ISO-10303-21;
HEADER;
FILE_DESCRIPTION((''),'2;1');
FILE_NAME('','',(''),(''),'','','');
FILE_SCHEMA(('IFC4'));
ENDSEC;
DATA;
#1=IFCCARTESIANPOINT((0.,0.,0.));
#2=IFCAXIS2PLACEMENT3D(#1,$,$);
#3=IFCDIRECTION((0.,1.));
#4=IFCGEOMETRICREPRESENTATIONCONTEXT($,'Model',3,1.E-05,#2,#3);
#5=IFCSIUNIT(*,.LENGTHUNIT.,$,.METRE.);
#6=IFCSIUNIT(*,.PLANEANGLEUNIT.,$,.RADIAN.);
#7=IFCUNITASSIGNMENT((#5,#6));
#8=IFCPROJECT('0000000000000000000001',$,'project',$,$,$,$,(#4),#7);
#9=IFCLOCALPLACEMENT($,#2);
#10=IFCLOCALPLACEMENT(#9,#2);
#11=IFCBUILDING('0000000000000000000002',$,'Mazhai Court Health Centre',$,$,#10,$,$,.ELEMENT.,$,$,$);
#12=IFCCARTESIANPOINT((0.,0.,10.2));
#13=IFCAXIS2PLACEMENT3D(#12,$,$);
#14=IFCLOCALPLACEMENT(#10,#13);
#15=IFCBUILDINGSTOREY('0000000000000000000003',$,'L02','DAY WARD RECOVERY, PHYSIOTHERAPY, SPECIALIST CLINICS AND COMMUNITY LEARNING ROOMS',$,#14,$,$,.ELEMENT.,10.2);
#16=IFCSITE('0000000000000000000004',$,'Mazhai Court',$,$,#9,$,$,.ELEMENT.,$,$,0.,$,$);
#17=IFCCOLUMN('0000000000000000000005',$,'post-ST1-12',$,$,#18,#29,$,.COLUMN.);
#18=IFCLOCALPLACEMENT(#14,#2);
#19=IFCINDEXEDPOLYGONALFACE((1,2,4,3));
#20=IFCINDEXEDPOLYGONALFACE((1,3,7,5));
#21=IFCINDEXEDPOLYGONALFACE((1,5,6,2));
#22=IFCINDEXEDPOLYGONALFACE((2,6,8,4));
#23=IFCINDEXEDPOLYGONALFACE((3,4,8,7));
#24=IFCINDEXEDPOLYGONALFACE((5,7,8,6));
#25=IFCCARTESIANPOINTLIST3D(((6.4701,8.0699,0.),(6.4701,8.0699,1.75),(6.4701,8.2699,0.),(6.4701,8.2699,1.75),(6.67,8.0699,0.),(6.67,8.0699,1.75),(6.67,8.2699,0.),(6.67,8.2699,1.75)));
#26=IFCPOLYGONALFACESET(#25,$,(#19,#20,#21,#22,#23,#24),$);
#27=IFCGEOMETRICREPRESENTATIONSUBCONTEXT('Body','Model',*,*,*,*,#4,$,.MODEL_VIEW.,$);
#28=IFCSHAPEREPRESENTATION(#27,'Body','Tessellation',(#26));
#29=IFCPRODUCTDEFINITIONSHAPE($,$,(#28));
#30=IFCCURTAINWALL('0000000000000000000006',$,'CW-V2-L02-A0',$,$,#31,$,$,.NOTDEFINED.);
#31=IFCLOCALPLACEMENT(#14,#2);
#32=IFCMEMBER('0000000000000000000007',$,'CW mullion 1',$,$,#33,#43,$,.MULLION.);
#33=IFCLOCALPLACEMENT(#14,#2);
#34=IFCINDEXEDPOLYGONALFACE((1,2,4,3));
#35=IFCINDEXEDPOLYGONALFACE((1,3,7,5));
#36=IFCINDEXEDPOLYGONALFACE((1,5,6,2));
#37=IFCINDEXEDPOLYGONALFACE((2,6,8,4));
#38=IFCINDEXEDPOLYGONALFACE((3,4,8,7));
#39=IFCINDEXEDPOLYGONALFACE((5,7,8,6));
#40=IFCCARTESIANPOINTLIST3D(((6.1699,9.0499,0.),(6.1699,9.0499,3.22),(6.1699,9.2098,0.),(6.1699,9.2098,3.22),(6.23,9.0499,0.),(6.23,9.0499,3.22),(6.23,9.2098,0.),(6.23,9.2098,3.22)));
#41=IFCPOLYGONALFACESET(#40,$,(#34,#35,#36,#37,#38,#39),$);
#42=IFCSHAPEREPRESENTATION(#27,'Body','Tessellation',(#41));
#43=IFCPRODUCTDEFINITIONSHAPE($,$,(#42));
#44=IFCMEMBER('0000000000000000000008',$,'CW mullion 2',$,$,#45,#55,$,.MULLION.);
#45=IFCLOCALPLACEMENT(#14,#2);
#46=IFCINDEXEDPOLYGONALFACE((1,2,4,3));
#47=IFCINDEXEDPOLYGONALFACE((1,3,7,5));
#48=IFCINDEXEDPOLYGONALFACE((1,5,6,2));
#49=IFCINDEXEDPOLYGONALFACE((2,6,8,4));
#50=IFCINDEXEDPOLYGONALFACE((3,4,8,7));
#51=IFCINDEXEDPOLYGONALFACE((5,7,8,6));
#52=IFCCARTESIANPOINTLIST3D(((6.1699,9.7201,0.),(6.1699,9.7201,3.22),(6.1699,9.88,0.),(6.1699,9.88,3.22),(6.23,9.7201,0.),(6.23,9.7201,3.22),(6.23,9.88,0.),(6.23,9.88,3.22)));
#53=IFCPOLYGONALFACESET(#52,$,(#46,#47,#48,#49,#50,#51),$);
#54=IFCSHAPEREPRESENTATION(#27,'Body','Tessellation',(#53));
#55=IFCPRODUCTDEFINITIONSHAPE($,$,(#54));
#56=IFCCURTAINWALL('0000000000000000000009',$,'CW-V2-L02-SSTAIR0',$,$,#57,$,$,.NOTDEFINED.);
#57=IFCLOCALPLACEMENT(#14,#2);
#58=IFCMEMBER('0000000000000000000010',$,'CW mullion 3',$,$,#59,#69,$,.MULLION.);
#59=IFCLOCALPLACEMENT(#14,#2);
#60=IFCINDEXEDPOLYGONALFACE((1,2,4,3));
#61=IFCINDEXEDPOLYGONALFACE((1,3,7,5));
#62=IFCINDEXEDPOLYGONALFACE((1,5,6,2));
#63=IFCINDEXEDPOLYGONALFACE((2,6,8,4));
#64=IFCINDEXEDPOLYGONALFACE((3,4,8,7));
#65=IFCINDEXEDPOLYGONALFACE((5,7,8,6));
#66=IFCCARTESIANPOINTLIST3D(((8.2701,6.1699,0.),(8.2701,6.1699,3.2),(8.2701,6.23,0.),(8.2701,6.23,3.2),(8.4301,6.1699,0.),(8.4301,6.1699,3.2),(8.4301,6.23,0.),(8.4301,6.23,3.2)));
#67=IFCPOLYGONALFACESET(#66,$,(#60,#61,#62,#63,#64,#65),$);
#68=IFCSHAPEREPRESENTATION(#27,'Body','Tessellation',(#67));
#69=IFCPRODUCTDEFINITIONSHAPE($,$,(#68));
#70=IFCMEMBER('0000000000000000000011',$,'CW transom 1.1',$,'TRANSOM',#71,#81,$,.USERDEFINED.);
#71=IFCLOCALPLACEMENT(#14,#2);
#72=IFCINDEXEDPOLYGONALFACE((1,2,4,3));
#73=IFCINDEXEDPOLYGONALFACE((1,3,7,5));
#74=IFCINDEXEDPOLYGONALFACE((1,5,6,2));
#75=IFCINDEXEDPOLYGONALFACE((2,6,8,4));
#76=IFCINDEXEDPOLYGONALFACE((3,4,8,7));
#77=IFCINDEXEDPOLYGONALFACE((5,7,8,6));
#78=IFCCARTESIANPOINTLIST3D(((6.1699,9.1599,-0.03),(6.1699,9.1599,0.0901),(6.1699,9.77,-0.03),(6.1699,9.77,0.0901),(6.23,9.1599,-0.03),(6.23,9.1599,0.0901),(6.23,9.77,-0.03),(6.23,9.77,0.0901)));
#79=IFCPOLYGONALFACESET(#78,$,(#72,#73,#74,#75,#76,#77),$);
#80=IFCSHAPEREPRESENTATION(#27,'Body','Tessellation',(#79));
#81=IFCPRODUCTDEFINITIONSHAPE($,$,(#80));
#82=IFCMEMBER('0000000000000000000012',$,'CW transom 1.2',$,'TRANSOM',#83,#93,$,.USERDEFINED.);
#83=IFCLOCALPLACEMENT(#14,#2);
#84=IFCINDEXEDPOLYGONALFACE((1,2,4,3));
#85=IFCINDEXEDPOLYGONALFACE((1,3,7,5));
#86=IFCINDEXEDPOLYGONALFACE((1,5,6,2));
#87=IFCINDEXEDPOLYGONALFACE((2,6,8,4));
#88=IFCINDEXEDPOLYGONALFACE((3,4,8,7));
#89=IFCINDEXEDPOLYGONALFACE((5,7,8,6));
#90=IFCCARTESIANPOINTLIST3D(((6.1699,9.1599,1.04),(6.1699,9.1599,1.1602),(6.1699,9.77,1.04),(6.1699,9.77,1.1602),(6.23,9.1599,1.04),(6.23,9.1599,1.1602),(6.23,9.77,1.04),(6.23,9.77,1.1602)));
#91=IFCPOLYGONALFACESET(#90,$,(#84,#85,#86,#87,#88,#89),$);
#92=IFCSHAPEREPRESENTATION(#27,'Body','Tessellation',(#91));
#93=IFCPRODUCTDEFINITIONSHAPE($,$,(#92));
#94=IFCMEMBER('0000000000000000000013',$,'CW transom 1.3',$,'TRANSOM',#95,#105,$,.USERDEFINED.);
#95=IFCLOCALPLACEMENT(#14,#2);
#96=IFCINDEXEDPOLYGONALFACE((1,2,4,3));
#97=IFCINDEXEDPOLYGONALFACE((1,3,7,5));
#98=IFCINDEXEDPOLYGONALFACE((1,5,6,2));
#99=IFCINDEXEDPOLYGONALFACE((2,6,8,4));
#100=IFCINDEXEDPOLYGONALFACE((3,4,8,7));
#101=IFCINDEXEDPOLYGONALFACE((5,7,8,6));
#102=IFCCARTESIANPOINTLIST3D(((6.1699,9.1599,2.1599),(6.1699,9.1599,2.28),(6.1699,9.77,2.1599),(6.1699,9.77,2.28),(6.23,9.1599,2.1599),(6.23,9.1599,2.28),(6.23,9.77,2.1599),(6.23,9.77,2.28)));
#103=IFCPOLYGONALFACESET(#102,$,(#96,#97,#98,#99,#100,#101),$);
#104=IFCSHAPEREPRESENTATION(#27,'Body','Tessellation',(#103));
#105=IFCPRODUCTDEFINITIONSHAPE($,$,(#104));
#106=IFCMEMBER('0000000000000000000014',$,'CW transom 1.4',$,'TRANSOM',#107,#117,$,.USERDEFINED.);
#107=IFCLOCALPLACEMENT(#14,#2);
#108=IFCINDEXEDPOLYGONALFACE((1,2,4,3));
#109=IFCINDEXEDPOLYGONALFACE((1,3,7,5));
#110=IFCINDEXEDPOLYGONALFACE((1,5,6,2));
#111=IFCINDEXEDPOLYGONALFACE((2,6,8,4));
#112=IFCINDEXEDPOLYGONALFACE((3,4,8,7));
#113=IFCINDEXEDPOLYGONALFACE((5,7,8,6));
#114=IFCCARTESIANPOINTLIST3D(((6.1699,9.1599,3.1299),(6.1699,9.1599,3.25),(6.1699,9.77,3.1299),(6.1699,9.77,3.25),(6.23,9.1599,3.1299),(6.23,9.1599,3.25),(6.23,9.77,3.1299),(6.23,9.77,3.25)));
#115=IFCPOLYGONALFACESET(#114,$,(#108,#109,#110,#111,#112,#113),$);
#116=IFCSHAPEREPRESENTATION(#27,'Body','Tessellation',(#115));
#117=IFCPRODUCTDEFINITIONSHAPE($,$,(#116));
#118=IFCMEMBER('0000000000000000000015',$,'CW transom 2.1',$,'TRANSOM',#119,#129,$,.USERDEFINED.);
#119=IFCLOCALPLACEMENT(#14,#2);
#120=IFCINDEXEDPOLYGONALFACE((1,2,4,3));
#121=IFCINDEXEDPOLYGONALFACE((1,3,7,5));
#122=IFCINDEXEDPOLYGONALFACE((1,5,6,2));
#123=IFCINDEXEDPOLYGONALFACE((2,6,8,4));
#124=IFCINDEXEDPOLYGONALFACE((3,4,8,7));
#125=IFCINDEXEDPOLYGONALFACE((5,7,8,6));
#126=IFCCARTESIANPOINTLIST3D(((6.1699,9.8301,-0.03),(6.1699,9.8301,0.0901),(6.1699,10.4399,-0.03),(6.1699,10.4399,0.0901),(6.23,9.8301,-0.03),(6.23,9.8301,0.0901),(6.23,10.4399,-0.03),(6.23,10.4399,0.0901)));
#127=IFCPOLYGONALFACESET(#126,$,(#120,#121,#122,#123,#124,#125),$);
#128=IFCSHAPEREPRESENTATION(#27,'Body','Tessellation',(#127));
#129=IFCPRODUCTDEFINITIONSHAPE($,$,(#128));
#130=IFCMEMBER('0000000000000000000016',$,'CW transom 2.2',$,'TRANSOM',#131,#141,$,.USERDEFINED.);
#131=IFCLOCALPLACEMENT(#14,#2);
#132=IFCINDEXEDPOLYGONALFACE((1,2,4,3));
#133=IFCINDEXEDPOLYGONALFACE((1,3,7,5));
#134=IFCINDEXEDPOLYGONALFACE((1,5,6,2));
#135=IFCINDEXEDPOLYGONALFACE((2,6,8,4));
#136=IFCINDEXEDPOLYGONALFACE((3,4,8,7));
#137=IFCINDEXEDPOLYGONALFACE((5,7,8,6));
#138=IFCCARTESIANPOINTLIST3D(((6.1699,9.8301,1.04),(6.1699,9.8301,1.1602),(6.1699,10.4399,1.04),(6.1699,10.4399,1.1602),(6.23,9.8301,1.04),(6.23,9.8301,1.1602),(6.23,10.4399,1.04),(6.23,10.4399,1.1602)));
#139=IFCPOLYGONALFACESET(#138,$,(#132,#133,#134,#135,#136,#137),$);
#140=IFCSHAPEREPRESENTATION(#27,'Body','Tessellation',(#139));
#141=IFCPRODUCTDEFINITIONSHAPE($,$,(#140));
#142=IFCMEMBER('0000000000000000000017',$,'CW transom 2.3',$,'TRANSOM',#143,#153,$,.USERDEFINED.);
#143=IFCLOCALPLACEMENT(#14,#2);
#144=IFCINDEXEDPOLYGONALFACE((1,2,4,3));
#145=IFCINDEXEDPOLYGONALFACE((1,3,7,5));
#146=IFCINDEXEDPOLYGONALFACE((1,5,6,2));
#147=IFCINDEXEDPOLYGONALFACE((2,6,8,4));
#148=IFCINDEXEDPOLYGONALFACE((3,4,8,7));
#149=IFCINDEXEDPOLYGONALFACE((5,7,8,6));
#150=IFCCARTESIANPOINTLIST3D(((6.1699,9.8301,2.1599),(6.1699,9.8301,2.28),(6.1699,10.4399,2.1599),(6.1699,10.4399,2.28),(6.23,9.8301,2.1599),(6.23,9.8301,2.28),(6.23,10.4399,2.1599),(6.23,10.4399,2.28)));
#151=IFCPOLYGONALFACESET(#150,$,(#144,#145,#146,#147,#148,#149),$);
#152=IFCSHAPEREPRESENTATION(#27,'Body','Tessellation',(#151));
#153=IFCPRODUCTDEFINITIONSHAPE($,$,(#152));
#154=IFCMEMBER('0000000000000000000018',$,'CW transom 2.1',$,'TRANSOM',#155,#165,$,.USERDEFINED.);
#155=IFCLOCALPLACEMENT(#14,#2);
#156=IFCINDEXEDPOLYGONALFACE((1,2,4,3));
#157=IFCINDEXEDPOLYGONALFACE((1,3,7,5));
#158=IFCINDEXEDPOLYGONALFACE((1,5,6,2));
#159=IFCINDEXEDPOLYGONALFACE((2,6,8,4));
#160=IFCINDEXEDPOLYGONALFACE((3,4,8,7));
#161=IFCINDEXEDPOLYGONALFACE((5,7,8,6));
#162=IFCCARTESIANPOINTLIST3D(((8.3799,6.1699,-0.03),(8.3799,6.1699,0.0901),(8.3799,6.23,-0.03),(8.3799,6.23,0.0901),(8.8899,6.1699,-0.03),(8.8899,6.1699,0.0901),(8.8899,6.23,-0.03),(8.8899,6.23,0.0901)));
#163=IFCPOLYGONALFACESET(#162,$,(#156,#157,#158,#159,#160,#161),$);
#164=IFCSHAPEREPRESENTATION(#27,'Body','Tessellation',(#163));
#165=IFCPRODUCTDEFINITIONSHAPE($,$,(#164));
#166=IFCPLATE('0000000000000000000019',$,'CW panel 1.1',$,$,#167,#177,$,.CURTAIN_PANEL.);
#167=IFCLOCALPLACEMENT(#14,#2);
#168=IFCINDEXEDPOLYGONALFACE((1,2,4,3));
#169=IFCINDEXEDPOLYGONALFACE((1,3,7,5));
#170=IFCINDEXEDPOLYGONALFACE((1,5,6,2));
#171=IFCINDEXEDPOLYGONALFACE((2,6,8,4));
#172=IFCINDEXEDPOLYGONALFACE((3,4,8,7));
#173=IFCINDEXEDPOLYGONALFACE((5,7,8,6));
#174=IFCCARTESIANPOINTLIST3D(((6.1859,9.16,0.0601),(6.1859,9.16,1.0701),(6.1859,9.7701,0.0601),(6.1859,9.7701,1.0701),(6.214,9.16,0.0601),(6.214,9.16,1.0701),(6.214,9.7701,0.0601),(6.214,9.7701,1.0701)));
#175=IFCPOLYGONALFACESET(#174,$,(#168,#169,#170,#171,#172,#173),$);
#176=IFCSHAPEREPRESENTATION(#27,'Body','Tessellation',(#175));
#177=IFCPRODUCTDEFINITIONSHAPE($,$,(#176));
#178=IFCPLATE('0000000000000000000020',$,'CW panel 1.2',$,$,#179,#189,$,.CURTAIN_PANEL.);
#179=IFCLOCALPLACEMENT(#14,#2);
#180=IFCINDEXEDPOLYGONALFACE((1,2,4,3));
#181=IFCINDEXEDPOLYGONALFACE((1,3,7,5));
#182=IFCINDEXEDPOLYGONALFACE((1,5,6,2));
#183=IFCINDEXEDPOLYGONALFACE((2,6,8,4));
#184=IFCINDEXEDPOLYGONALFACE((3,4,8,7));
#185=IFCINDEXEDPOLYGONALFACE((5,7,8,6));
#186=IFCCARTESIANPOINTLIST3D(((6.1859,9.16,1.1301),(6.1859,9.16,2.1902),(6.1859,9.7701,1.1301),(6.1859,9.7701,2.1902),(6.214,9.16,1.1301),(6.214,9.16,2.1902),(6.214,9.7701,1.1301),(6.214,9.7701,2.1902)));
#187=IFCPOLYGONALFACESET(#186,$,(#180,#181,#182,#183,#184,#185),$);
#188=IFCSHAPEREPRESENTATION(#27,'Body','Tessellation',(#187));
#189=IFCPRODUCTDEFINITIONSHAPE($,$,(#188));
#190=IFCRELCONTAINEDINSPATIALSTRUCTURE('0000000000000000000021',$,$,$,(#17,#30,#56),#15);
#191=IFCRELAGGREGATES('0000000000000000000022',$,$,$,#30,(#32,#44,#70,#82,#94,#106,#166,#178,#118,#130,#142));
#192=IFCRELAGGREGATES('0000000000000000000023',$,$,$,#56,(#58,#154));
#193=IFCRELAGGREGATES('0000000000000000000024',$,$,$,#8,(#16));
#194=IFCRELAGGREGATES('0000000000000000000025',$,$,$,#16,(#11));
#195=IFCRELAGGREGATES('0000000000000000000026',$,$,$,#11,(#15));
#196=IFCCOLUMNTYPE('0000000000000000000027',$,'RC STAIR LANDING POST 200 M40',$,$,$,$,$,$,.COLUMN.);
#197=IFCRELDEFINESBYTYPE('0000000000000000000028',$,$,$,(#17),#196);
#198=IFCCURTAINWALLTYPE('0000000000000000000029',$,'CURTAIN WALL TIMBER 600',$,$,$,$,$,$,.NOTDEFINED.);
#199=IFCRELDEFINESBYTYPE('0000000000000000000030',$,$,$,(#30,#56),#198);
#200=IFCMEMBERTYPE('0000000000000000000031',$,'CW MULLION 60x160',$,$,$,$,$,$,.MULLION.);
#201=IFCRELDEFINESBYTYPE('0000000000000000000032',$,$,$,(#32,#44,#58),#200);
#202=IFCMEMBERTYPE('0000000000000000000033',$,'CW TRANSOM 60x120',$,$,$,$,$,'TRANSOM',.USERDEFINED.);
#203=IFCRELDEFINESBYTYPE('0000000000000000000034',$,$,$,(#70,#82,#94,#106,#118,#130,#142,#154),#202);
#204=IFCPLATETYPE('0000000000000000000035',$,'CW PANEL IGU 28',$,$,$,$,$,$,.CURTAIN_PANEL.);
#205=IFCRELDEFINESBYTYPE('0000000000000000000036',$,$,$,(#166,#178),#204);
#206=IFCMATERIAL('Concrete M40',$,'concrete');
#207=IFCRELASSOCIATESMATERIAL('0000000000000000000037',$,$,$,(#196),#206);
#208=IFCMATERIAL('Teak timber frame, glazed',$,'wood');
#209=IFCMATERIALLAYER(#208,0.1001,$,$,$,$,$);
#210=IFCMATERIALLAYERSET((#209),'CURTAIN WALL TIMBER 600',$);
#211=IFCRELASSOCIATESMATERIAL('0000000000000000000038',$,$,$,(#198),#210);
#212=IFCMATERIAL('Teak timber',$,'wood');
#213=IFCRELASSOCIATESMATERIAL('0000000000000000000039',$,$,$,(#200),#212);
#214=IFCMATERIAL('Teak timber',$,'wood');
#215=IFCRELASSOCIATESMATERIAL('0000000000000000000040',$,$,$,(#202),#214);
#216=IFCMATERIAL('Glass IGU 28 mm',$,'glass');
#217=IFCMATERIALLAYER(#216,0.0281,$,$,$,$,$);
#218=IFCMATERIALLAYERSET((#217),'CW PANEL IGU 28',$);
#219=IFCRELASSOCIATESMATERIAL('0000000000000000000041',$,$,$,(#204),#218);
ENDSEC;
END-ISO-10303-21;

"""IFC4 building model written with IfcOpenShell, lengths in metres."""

from ifc_helpers import new_model, si_unit, direction, frame, origin, origin_2d, place, context, subcontext, project, spatial, rectangle, extrude, material, layer, layer_set, material_profile, profile_set, type_object, element, aggregate, save


model = new_model("IFC4")

# Units and contexts
model_context = context("Model", 3, precision=1e-05, world=origin(), true_north=direction((0.0, 1.0)))
body_context = subcontext(model_context, "Body", "Model", "MODEL_VIEW")
ifc_project = project(units=[si_unit("LENGTHUNIT", "METRE"), si_unit("PLANEANGLEUNIT", "RADIAN")], contexts=[model_context])

# Site, building, storey
site_placement = place(None, origin())
site = spatial("IfcSite", under=ifc_project, at=site_placement, Name="Mazhai Court", CompositionType="ELEMENT", RefElevation=0.0)
building_placement = place(site_placement, origin())
building = spatial("IfcBuilding", under=site, at=building_placement, Name="Mazhai Court Health Centre", CompositionType="ELEMENT")
storey_placement = place(building_placement, frame((0.0, 0.0, 10.2)))
storey = spatial("IfcBuildingStorey", under=building, at=storey_placement, Name="L02", Description="DAY WARD RECOVERY, PHYSIOTHERAPY, SPECIALIST CLINICS AND COMMUNITY LEARNING ROOMS", CompositionType="ELEMENT", Elevation=10.2)

# Column
ifc_material_1 = material(Name="Concrete M40", Category="concrete")
ifc_material_profile_1 = material_profile(ifc_material_1, rectangle(XDim=0.2, YDim=0.2, at=origin_2d()), Name="RC 200x200")
ifc_profile_set_1 = profile_set([ifc_material_profile_1], Name="Concrete M40")
column_type = type_object("IfcColumnType", Name="RC STAIR LANDING POST 200 M40", PredefinedType="COLUMN", material=ifc_profile_set_1)
column_placement = place(storey_placement, frame((6.5701, 8.1699, 0.0), z_axis=(0.0, 0.0, 1.0), x_axis=(1.0, 0.0, 0.0)))
element("IfcColumn", 1, at=column_placement, inside=storey, type_object=column_type, Name="post-ST1-12", PredefinedType="COLUMN", context=body_context, shape_type="SweptSolid", body=[
    extrude(rectangle(XDim=0.2, YDim=0.2, at=origin_2d()), origin(), (0.0, 0.0, 1.0), 1.75),
])

# Curtain wall, members
ifc_material_2 = material(Name="Teak timber frame, glazed", Category="wood")
ifc_layer_1 = layer(ifc_material_2, 0.1001)
ifc_layer_set_1 = layer_set([ifc_layer_1], Name="CURTAIN WALL TIMBER 600")
curtain_wall_type = type_object("IfcCurtainWallType", Name="CURTAIN WALL TIMBER 600", PredefinedType="NOTDEFINED", material=ifc_layer_set_1)
curtain_wall_1_placement = place(storey_placement, origin())
curtain_wall_1 = element("IfcCurtainWall", 2, at=curtain_wall_1_placement, inside=storey, type_object=curtain_wall_type, Name="CW-V2-L02-A0", PredefinedType="NOTDEFINED")
ifc_material_3 = material(Name="Teak timber", Category="wood")
ifc_material_profile_2 = material_profile(ifc_material_3, rectangle(XDim=0.0601, YDim=0.1599, at=origin_2d()), Name="CW MULLION 60x160")
ifc_profile_set_2 = profile_set([ifc_material_profile_2], Name="Teak timber")
member_type_1 = type_object("IfcMemberType", Name="CW MULLION 60x160", PredefinedType="MULLION", material=ifc_profile_set_2)
member_1_placement = place(storey_placement, frame((6.2, 9.1299, 0.0), z_axis=(0.0, 0.0, 1.0), x_axis=(-1.0, 0.0, 0.0)))
member_1 = element("IfcMember", 3, at=member_1_placement, type_object=member_type_1, Name="CW mullion 1", PredefinedType="MULLION", context=body_context, shape_type="SweptSolid", body=[
    extrude(rectangle(XDim=0.0601, YDim=0.1599, at=origin_2d()), origin(), (0.0, 0.0, 1.0), 3.22),
])
member_2_placement = place(storey_placement, frame((6.2, 9.8, 0.0), z_axis=(0.0, 0.0, 1.0), x_axis=(-1.0, 0.0, 0.0)))
member_2 = element("IfcMember", 4, at=member_2_placement, type_object=member_type_1, Name="CW mullion 2", PredefinedType="MULLION", context=body_context, shape_type="SweptSolid", body=[
    extrude(rectangle(XDim=0.0601, YDim=0.1599, at=origin_2d()), origin(), (0.0, 0.0, 1.0), 3.22),
])

# Curtain wall, member
curtain_wall_2_placement = place(storey_placement, origin())
curtain_wall_2 = element("IfcCurtainWall", 5, at=curtain_wall_2_placement, inside=storey, type_object=curtain_wall_type, Name="CW-V2-L02-SSTAIR0", PredefinedType="NOTDEFINED")
member_3_placement = place(storey_placement, frame((8.3501, 6.2, 0.0), z_axis=(0.0, 0.0, 1.0), x_axis=(0.0, -1.0, 0.0)))
member_3 = element("IfcMember", 6, at=member_3_placement, type_object=member_type_1, Name="CW mullion 3", PredefinedType="MULLION", context=body_context, shape_type="SweptSolid", body=[
    extrude(rectangle(XDim=0.0601, YDim=0.1599, at=origin_2d()), origin(), (0.0, 0.0, 1.0), 3.2),
])

# Members
ifc_material_4 = material(Name="Teak timber", Category="wood")
ifc_material_profile_3 = material_profile(ifc_material_4, rectangle(XDim=0.0601, YDim=0.1201, at=origin_2d()), Name="CW TRANSOM 60x120")
ifc_profile_set_3 = profile_set([ifc_material_profile_3], Name="Teak timber")
member_type_2 = type_object("IfcMemberType", Name="CW TRANSOM 60x120", ElementType="TRANSOM", PredefinedType="USERDEFINED", material=ifc_profile_set_3)
member_4_placement = place(storey_placement, frame((6.2, 9.1599, 0.03), z_axis=(0.0, 1.0, 0.0), x_axis=(-1.0, 0.0, 0.0)))
member_4 = element("IfcMember", 7, at=member_4_placement, type_object=member_type_2, Name="CW transom 1.1", ObjectType="TRANSOM", PredefinedType="USERDEFINED", context=body_context, shape_type="SweptSolid", body=[
    extrude(rectangle(XDim=0.0601, YDim=0.1201, at=origin_2d()), origin(), (0.0, 0.0, 1.0), 0.6101),
])
member_5_placement = place(storey_placement, frame((6.2, 9.1599, 1.1001), z_axis=(0.0, 1.0, 0.0), x_axis=(-1.0, 0.0, 0.0)))
member_5 = element("IfcMember", 8, at=member_5_placement, type_object=member_type_2, Name="CW transom 1.2", ObjectType="TRANSOM", PredefinedType="USERDEFINED", context=body_context, shape_type="SweptSolid", body=[
    extrude(rectangle(XDim=0.0601, YDim=0.1201, at=origin_2d()), origin(), (0.0, 0.0, 1.0), 0.6101),
])
member_6_placement = place(storey_placement, frame((6.2, 9.1599, 2.22), z_axis=(0.0, 1.0, 0.0), x_axis=(-1.0, 0.0, 0.0)))
member_6 = element("IfcMember", 9, at=member_6_placement, type_object=member_type_2, Name="CW transom 1.3", ObjectType="TRANSOM", PredefinedType="USERDEFINED", context=body_context, shape_type="SweptSolid", body=[
    extrude(rectangle(XDim=0.0601, YDim=0.1201, at=origin_2d()), origin(), (0.0, 0.0, 1.0), 0.6101),
])
member_7_placement = place(storey_placement, frame((6.2, 9.1599, 3.1899), z_axis=(0.0, 1.0, 0.0), x_axis=(-1.0, 0.0, 0.0)))
member_7 = element("IfcMember", 10, at=member_7_placement, type_object=member_type_2, Name="CW transom 1.4", ObjectType="TRANSOM", PredefinedType="USERDEFINED", context=body_context, shape_type="SweptSolid", body=[
    extrude(rectangle(XDim=0.0601, YDim=0.1201, at=origin_2d()), origin(), (0.0, 0.0, 1.0), 0.6101),
])
member_8_placement = place(storey_placement, frame((6.2, 9.8301, 0.03), z_axis=(0.0, 1.0, 0.0), x_axis=(-1.0, 0.0, 0.0)))
member_8 = element("IfcMember", 11, at=member_8_placement, type_object=member_type_2, Name="CW transom 2.1", ObjectType="TRANSOM", PredefinedType="USERDEFINED", context=body_context, shape_type="SweptSolid", body=[
    extrude(rectangle(XDim=0.0601, YDim=0.1201, at=origin_2d()), origin(), (0.0, 0.0, 1.0), 0.6099),
])
member_9_placement = place(storey_placement, frame((6.2, 9.8301, 1.1001), z_axis=(0.0, 1.0, 0.0), x_axis=(-1.0, 0.0, 0.0)))
member_9 = element("IfcMember", 12, at=member_9_placement, type_object=member_type_2, Name="CW transom 2.2", ObjectType="TRANSOM", PredefinedType="USERDEFINED", context=body_context, shape_type="SweptSolid", body=[
    extrude(rectangle(XDim=0.0601, YDim=0.1201, at=origin_2d()), origin(), (0.0, 0.0, 1.0), 0.6099),
])
member_10_placement = place(storey_placement, frame((6.2, 9.8301, 2.22), z_axis=(0.0, 1.0, 0.0), x_axis=(-1.0, 0.0, 0.0)))
member_10 = element("IfcMember", 13, at=member_10_placement, type_object=member_type_2, Name="CW transom 2.3", ObjectType="TRANSOM", PredefinedType="USERDEFINED", context=body_context, shape_type="SweptSolid", body=[
    extrude(rectangle(XDim=0.0601, YDim=0.1201, at=origin_2d()), origin(), (0.0, 0.0, 1.0), 0.6099),
])
member_11_placement = place(storey_placement, frame((8.8899, 6.2, 0.03), z_axis=(-1.0, 0.0, 0.0), x_axis=(0.0, -1.0, 0.0)))
member_11 = element("IfcMember", 14, at=member_11_placement, type_object=member_type_2, Name="CW transom 2.1", ObjectType="TRANSOM", PredefinedType="USERDEFINED", context=body_context, shape_type="SweptSolid", body=[
    extrude(rectangle(XDim=0.0601, YDim=0.1201, at=origin_2d()), origin(), (0.0, 0.0, 1.0), 0.51),
])

# Plates
ifc_material_5 = material(Name="Glass IGU 28 mm", Category="glass")
ifc_layer_2 = layer(ifc_material_5, 0.0281)
ifc_layer_set_2 = layer_set([ifc_layer_2], Name="CW PANEL IGU 28")
plate_type = type_object("IfcPlateType", Name="CW PANEL IGU 28", PredefinedType="CURTAIN_PANEL", material=ifc_layer_set_2)
plate_1_placement = place(storey_placement, frame((6.2, 9.4651, 0.0601), z_axis=(0.0, 0.0, 1.0), x_axis=(0.0, 1.0, 0.0)))
plate_1 = element("IfcPlate", 15, at=plate_1_placement, type_object=plate_type, Name="CW panel 1.1", PredefinedType="CURTAIN_PANEL", context=body_context, shape_type="SweptSolid", body=[
    extrude(rectangle(XDim=0.6101, YDim=0.0281, at=origin_2d()), origin(), (0.0, 0.0, 1.0), 1.01),
])
plate_2_placement = place(storey_placement, frame((6.2, 9.4651, 1.1301), z_axis=(0.0, 0.0, 1.0), x_axis=(0.0, 1.0, 0.0)))
plate_2 = element("IfcPlate", 16, at=plate_2_placement, type_object=plate_type, Name="CW panel 1.2", PredefinedType="CURTAIN_PANEL", context=body_context, shape_type="SweptSolid", body=[
    extrude(rectangle(XDim=0.6101, YDim=0.0281, at=origin_2d()), origin(), (0.0, 0.0, 1.0), 1.0601),
])
aggregate(curtain_wall_1, [member_1, member_2, member_4, member_5, member_6, member_7, plate_1, plate_2, member_8, member_9, member_10])
aggregate(curtain_wall_2, [member_3, member_11])

save(model, "model.ifc")
